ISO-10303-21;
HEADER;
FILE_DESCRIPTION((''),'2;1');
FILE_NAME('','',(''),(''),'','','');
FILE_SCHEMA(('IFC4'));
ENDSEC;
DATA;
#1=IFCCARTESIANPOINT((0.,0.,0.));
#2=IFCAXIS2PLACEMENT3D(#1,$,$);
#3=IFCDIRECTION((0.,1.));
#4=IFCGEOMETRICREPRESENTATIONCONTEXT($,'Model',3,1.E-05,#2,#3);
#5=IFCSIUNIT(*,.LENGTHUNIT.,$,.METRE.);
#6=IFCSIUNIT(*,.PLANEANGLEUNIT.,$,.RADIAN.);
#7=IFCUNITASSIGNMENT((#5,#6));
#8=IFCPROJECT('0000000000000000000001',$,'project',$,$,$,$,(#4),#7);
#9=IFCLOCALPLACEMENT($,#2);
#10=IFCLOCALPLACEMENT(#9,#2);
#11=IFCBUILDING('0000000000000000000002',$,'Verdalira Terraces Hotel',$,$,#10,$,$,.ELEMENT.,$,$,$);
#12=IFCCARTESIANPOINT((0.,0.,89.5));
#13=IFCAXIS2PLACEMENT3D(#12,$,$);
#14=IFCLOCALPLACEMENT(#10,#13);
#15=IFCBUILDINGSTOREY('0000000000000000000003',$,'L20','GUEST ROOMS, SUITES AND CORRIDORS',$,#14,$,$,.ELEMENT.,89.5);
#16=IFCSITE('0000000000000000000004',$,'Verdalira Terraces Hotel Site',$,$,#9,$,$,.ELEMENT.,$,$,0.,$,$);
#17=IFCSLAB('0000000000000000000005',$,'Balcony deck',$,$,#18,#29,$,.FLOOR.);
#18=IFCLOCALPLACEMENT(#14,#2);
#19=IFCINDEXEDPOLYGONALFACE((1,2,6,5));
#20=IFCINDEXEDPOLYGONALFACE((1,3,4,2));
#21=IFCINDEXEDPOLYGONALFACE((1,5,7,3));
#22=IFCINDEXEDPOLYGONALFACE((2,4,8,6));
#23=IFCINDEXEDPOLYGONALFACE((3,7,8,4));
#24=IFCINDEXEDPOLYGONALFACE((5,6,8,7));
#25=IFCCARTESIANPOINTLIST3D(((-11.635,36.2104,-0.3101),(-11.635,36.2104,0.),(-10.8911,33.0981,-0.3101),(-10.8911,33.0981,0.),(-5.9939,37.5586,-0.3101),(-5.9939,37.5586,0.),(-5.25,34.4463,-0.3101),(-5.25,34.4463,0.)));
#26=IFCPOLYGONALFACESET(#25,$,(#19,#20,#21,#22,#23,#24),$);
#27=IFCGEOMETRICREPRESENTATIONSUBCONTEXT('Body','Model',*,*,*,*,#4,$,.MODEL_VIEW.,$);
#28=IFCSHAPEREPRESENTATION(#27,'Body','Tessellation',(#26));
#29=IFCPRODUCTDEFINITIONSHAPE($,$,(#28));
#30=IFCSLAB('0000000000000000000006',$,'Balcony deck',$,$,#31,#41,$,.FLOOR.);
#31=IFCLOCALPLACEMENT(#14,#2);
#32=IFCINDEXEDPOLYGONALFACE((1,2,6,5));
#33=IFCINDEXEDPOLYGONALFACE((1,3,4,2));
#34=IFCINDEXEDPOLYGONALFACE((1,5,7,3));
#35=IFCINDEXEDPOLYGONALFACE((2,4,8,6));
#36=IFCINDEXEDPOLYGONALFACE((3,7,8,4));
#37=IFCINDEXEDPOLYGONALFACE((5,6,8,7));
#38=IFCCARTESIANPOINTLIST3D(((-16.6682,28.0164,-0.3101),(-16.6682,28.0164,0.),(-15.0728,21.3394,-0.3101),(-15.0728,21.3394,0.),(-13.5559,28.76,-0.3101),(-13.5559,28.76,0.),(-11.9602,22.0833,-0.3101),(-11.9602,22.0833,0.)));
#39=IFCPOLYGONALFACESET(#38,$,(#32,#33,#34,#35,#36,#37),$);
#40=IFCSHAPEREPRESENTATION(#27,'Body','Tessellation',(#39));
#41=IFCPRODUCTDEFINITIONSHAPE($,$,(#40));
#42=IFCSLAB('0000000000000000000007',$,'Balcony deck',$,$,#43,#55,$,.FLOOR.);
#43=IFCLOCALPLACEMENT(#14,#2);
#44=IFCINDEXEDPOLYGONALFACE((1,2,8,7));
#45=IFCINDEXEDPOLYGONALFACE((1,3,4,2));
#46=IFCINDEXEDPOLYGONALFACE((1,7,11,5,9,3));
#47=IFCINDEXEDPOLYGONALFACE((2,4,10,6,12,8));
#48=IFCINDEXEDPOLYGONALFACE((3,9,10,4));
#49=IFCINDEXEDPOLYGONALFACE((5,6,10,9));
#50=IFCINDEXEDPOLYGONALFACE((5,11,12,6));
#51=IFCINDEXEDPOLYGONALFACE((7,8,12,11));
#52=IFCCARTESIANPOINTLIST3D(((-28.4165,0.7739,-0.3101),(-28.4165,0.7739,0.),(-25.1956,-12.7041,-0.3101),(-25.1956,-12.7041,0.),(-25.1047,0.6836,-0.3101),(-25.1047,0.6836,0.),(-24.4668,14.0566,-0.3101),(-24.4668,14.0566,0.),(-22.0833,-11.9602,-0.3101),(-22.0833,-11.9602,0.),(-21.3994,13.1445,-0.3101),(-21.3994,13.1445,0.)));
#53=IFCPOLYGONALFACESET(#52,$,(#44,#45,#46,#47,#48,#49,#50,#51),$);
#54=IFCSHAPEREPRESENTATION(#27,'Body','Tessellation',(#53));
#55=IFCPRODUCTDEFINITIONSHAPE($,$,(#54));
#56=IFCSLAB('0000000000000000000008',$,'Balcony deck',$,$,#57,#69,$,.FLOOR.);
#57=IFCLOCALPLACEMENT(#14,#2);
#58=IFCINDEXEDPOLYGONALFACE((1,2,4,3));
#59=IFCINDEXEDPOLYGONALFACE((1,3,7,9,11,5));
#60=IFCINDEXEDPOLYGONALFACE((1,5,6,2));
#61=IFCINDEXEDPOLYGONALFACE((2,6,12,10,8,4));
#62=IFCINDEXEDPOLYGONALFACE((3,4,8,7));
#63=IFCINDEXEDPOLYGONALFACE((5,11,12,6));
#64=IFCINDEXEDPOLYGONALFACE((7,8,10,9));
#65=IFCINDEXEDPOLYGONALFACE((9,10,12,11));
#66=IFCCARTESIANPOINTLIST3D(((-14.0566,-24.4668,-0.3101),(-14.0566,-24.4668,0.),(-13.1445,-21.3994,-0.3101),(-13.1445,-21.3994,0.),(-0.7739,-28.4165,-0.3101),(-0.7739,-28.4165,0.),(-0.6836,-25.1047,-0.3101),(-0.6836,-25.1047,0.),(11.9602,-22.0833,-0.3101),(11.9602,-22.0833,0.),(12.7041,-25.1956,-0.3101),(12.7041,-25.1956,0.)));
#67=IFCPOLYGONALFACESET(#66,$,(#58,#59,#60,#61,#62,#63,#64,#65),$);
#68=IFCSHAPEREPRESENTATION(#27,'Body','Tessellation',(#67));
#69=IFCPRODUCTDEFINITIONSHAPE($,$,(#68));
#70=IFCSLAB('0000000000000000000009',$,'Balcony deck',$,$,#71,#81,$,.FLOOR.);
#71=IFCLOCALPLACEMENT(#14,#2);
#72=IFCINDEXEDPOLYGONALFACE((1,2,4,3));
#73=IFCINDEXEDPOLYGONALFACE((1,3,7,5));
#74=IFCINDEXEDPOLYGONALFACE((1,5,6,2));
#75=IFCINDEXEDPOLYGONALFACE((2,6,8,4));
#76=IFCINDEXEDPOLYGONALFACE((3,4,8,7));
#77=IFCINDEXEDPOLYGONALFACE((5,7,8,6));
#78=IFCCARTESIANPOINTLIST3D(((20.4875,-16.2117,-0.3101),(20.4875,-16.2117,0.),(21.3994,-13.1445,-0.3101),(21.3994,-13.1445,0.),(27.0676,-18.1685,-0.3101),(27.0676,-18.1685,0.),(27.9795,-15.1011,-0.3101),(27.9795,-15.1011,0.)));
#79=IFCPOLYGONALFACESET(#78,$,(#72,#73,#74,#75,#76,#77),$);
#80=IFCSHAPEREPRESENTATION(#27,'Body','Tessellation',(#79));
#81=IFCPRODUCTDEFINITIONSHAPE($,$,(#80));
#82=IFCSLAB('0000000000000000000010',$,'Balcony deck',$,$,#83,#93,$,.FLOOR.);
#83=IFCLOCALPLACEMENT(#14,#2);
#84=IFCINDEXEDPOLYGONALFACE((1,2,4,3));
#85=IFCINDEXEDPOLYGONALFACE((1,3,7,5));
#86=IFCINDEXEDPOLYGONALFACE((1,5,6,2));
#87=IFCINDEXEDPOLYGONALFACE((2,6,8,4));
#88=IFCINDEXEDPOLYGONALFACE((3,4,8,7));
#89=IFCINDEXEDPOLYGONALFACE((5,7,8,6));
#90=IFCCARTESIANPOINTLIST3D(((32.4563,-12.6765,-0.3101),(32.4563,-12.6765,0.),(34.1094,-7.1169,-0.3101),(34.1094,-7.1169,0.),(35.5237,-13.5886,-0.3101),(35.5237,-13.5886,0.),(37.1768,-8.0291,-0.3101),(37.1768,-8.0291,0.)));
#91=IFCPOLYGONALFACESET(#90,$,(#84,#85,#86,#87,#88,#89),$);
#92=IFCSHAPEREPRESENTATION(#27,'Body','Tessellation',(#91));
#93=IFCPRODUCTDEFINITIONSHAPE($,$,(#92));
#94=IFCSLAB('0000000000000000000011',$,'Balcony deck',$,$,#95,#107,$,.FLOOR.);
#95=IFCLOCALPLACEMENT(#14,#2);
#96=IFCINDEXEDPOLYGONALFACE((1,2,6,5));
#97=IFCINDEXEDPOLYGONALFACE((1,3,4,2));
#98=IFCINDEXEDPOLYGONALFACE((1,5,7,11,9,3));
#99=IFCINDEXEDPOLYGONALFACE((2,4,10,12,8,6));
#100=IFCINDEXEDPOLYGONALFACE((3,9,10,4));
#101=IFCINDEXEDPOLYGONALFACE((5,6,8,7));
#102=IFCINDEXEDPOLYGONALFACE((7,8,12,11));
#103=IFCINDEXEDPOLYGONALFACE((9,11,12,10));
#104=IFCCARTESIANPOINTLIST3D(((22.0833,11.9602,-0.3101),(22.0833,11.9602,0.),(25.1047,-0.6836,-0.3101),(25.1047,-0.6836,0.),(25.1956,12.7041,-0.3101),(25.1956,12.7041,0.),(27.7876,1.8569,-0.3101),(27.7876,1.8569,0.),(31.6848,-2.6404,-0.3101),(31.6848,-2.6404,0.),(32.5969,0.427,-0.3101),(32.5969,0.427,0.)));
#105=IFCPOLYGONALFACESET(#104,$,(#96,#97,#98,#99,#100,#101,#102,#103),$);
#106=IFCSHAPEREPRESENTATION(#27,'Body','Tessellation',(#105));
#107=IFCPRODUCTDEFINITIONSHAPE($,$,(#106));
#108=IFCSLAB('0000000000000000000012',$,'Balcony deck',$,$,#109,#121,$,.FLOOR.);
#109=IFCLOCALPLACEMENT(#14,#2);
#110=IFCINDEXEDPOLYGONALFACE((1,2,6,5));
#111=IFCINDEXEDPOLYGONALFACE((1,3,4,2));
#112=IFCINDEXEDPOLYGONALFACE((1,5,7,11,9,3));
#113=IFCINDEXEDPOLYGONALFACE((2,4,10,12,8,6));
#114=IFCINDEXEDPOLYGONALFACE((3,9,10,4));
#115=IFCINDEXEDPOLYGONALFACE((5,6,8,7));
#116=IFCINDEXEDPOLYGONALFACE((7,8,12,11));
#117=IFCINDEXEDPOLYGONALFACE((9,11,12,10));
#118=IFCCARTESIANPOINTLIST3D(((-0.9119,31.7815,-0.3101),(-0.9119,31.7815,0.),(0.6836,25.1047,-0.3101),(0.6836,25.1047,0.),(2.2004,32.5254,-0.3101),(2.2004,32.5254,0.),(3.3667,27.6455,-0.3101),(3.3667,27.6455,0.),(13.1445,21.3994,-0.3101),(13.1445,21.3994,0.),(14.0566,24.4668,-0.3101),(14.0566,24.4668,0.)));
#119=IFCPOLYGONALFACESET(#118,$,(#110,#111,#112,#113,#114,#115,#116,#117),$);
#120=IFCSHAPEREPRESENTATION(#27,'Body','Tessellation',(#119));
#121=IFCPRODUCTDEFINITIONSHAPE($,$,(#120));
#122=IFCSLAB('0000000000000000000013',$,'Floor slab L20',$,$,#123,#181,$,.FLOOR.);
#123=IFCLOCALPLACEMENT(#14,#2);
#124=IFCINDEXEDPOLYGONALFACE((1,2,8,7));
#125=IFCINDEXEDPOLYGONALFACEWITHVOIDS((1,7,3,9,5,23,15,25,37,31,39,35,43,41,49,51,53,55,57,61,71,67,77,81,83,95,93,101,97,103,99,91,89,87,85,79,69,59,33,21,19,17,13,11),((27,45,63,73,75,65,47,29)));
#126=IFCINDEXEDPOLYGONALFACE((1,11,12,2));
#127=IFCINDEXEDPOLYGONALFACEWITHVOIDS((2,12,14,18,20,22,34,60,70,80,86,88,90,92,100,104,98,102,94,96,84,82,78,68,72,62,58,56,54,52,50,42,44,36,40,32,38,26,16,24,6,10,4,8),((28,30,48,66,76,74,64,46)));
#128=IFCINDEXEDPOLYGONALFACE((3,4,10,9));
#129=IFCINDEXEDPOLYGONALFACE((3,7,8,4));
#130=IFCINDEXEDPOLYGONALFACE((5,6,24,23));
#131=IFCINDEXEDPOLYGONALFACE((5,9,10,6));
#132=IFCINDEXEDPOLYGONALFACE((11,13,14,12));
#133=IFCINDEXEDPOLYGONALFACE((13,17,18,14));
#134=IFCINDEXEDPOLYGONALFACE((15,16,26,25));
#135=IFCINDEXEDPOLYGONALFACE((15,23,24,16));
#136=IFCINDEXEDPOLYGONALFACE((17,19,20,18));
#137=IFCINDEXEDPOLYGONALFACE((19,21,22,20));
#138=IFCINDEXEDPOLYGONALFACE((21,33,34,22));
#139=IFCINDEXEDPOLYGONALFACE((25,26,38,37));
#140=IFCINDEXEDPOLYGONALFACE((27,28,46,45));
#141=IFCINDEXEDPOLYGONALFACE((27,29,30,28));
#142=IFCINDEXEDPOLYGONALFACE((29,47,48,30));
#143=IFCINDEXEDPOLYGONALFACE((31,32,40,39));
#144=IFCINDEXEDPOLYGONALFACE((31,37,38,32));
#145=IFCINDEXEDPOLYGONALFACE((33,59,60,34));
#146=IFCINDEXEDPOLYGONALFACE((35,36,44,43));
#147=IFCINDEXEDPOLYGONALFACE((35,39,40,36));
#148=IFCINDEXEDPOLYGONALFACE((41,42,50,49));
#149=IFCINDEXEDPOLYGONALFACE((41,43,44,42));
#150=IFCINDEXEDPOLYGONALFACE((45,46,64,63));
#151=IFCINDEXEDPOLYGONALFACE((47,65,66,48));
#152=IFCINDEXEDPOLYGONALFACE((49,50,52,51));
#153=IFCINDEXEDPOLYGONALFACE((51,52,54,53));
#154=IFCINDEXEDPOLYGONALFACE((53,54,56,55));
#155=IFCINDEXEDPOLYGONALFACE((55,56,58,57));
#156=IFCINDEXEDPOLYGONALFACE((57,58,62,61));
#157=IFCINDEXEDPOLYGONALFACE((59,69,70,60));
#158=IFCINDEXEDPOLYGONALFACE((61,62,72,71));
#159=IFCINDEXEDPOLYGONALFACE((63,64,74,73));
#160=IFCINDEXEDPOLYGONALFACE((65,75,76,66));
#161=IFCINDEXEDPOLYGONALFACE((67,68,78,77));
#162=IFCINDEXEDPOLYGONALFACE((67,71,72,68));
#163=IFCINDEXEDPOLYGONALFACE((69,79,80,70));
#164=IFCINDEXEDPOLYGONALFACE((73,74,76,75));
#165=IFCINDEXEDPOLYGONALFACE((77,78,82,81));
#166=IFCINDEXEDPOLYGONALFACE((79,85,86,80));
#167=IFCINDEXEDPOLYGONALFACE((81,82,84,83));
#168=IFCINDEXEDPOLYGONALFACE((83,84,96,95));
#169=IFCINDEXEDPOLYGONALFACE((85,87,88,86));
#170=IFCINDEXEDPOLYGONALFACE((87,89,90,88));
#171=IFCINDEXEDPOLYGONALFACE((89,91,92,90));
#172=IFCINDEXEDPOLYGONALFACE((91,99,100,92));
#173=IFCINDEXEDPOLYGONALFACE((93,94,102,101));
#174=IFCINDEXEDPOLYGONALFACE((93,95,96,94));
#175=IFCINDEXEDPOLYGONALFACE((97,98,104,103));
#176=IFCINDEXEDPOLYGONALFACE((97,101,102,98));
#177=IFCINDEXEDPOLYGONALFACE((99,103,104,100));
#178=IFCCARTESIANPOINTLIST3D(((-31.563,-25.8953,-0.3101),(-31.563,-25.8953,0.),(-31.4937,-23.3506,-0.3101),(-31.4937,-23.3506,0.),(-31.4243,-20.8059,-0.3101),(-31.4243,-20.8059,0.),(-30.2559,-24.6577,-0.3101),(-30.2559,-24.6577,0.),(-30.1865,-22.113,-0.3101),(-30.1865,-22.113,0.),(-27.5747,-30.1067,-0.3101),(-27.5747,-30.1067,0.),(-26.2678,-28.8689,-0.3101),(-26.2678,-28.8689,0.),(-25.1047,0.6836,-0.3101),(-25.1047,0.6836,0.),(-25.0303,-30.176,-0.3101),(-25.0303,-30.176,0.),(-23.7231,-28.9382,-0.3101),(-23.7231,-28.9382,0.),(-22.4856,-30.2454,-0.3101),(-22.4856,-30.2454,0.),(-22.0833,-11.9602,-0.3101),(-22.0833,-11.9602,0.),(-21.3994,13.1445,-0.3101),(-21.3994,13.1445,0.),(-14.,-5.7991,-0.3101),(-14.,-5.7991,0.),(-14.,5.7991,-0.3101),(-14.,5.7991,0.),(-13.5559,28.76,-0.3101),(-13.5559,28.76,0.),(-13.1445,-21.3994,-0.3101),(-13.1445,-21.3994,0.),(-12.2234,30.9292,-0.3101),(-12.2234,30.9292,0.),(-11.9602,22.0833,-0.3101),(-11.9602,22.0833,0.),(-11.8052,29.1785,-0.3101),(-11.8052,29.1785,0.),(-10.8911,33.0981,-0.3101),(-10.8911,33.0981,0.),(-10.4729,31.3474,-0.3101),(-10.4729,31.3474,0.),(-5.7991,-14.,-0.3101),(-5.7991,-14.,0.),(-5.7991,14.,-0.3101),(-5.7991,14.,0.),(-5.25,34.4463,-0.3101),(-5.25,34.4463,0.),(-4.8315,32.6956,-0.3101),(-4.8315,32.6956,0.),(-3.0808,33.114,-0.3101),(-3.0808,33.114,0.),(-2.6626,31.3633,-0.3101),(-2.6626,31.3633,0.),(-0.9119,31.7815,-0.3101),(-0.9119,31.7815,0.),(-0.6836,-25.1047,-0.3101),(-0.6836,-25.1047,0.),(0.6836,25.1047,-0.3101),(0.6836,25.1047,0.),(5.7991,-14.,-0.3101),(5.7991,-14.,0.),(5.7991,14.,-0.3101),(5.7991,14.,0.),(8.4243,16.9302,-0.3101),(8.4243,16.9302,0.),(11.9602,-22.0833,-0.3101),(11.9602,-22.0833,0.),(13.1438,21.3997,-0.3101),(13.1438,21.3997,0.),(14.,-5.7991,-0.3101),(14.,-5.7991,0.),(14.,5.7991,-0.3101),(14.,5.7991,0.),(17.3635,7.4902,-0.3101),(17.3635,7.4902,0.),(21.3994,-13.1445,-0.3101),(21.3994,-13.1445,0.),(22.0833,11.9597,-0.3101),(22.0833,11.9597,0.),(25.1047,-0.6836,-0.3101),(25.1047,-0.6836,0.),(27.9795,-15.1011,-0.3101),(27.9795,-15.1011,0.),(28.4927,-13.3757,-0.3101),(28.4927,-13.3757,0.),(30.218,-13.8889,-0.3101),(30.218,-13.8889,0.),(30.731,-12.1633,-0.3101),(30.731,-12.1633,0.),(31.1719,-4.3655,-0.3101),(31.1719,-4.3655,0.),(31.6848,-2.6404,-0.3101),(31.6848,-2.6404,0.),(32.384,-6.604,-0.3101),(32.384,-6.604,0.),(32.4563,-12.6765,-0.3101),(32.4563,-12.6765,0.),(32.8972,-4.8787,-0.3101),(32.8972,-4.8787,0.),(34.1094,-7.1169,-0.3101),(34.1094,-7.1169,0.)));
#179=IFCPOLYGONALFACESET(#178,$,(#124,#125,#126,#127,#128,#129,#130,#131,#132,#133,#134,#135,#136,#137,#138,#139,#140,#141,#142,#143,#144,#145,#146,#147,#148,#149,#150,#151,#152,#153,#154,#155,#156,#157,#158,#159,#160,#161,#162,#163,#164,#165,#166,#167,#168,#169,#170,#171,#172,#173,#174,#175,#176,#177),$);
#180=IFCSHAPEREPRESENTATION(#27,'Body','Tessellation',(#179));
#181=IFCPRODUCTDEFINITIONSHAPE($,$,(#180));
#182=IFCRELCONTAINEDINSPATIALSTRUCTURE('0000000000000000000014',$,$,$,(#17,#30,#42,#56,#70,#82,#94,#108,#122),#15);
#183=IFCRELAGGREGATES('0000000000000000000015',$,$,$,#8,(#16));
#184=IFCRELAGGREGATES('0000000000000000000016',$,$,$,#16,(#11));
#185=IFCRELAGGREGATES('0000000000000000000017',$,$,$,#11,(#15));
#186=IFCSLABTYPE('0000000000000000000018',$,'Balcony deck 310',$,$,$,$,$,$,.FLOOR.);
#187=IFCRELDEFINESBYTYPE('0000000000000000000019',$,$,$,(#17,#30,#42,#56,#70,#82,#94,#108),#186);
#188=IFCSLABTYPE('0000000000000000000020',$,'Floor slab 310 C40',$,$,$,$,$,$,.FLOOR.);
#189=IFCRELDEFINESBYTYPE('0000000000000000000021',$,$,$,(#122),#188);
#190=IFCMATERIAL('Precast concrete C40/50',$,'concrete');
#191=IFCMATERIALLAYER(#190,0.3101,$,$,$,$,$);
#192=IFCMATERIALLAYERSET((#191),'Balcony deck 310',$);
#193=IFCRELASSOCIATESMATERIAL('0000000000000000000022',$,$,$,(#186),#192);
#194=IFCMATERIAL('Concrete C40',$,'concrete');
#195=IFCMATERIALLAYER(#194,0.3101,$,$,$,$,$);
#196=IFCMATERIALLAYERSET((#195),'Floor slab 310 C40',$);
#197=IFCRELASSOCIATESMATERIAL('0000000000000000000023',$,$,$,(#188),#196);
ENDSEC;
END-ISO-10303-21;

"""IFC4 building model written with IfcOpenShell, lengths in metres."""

from ifc_helpers import new_model, si_unit, direction, frame, origin, place, context, subcontext, project, spatial, polyline, outline, extrude, material, layer, layer_set, type_object, element, save


model = new_model("IFC4")

# Units and contexts
model_context = context("Model", 3, precision=1e-05, world=origin(), true_north=direction((0.0, 1.0)))
body_context = subcontext(model_context, "Body", "Model", "MODEL_VIEW")
ifc_project = project(units=[si_unit("LENGTHUNIT", "METRE"), si_unit("PLANEANGLEUNIT", "RADIAN")], contexts=[model_context])

# Site, building, storey
site_placement = place(None, origin())
site = spatial("IfcSite", under=ifc_project, at=site_placement, Name="Verdalira Terraces Hotel Site", CompositionType="ELEMENT", RefElevation=0.0)
building_placement = place(site_placement, origin())
building = spatial("IfcBuilding", under=site, at=building_placement, Name="Verdalira Terraces Hotel", CompositionType="ELEMENT")
storey_placement = place(building_placement, frame((0.0, 0.0, 89.5)))
storey = spatial("IfcBuildingStorey", under=building, at=storey_placement, Name="L20", Description="GUEST ROOMS, SUITES AND CORRIDORS", CompositionType="ELEMENT", Elevation=89.5)

# Slabs
ifc_material_1 = material(Name="Precast concrete C40/50", Category="concrete")
ifc_layer_1 = layer(ifc_material_1, 0.3101)
ifc_layer_set_1 = layer_set([ifc_layer_1], Name="Balcony deck 310")
slab_type_1 = type_object("IfcSlabType", Name="Balcony deck 310", PredefinedType="FLOOR", material=ifc_layer_set_1)
slab_1_placement = place(storey_placement, frame((0.0, 0.0, -0.3101)))
element("IfcSlab", 1, at=slab_1_placement, inside=storey, type_object=slab_type_1, Name="Balcony deck", PredefinedType="FLOOR", context=body_context, shape_type="SweptSolid", body=[
    extrude(outline(polyline([(-11.635, 36.2104), (-10.8911, 33.0981), (-5.25, 34.4463), (-5.9939, 37.5586), (-11.635, 36.2104)])), origin(), (0.0, 0.0, 1.0), 0.3101),
])
slab_2_placement = place(storey_placement, frame((0.0, 0.0, -0.3101)))
element("IfcSlab", 2, at=slab_2_placement, inside=storey, type_object=slab_type_1, Name="Balcony deck", PredefinedType="FLOOR", context=body_context, shape_type="SweptSolid", body=[
    extrude(outline(polyline([(-15.0728, 21.3394), (-11.9602, 22.0833), (-13.5559, 28.76), (-16.6682, 28.0164), (-15.0728, 21.3394)])), origin(), (0.0, 0.0, 1.0), 0.3101),
])
slab_3_placement = place(storey_placement, frame((0.0, 0.0, -0.3101)))
element("IfcSlab", 3, at=slab_3_placement, inside=storey, type_object=slab_type_1, Name="Balcony deck", PredefinedType="FLOOR", context=body_context, shape_type="SweptSolid", body=[
    extrude(outline(polyline([(-28.4165, 0.7739), (-25.1956, -12.7041), (-22.0833, -11.9602), (-25.1047, 0.6836), (-21.3994, 13.1445), (-24.4668, 14.0566), (-28.4165, 0.7739)])), origin(), (0.0, 0.0, 1.0), 0.3101),
])
slab_4_placement = place(storey_placement, frame((0.0, 0.0, -0.3101)))
element("IfcSlab", 4, at=slab_4_placement, inside=storey, type_object=slab_type_1, Name="Balcony deck", PredefinedType="FLOOR", context=body_context, shape_type="SweptSolid", body=[
    extrude(outline(polyline([(-0.7739, -28.4165), (12.7041, -25.1956), (11.9602, -22.0833), (-0.6836, -25.1047), (-13.1445, -21.3994), (-14.0566, -24.4668), (-0.7739, -28.4165)])), origin(), (0.0, 0.0, 1.0), 0.3101),
])
slab_5_placement = place(storey_placement, frame((0.0, 0.0, -0.3101)))
element("IfcSlab", 5, at=slab_5_placement, inside=storey, type_object=slab_type_1, Name="Balcony deck", PredefinedType="FLOOR", context=body_context, shape_type="SweptSolid", body=[
    extrude(outline(polyline([(27.0676, -18.1685), (27.9795, -15.1011), (21.3994, -13.1445), (20.4875, -16.2117), (27.0676, -18.1685)])), origin(), (0.0, 0.0, 1.0), 0.3101),
])
slab_6_placement = place(storey_placement, frame((0.0, 0.0, -0.3101)))
element("IfcSlab", 6, at=slab_6_placement, inside=storey, type_object=slab_type_1, Name="Balcony deck", PredefinedType="FLOOR", context=body_context, shape_type="SweptSolid", body=[
    extrude(outline(polyline([(37.1768, -8.0291), (34.1094, -7.1169), (32.4563, -12.6765), (35.5237, -13.5886), (37.1768, -8.0291)])), origin(), (0.0, 0.0, 1.0), 0.3101),
])
slab_7_placement = place(storey_placement, frame((0.0, 0.0, -0.3101)))
element("IfcSlab", 7, at=slab_7_placement, inside=storey, type_object=slab_type_1, Name="Balcony deck", PredefinedType="FLOOR", context=body_context, shape_type="SweptSolid", body=[
    extrude(outline(polyline([(25.1956, 12.7041), (22.0833, 11.9602), (25.1047, -0.6836), (31.6848, -2.6404), (32.5969, 0.427), (27.7876, 1.8569), (25.1956, 12.7041)])), origin(), (0.0, 0.0, 1.0), 0.3101),
])
slab_8_placement = place(storey_placement, frame((0.0, 0.0, -0.3101)))
element("IfcSlab", 8, at=slab_8_placement, inside=storey, type_object=slab_type_1, Name="Balcony deck", PredefinedType="FLOOR", context=body_context, shape_type="SweptSolid", body=[
    extrude(outline(polyline([(2.2004, 32.5254), (-0.9119, 31.7815), (0.6836, 25.1047), (13.1445, 21.3994), (14.0566, 24.4668), (3.3667, 27.6455), (2.2004, 32.5254)])), origin(), (0.0, 0.0, 1.0), 0.3101),
])
ifc_material_2 = material(Name="Concrete C40", Category="concrete")
ifc_layer_2 = layer(ifc_material_2, 0.3101)
ifc_layer_set_2 = layer_set([ifc_layer_2], Name="Floor slab 310 C40")
slab_type_2 = type_object("IfcSlabType", Name="Floor slab 310 C40", PredefinedType="FLOOR", material=ifc_layer_set_2)
slab_9_placement = place(storey_placement, frame((0.0, 0.0, -0.3101)))
element("IfcSlab", 9, at=slab_9_placement, inside=storey, type_object=slab_type_2, Name="Floor slab L20", PredefinedType="FLOOR", context=body_context, shape_type="SweptSolid", body=[
    extrude(outline(polyline([(31.6848, -2.6404), (25.1047, -0.6836), (22.0833, 11.9597), (17.3635, 7.4902), (8.4243, 16.9302), (13.1438, 21.3997), (0.6836, 25.1047), (-0.9119, 31.7815), (-2.6626, 31.3633), (-3.0808, 33.114), (-4.8315, 32.6956), (-5.25, 34.4463), (-10.8911, 33.0981), (-10.4729, 31.3474), (-12.2234, 30.9292), (-11.8052, 29.1785), (-13.5559, 28.76), (-11.9602, 22.0833), (-21.3994, 13.1445), (-25.1047, 0.6836), (-22.0833, -11.9602), (-31.4243, -20.8059), (-30.1865, -22.113), (-31.4937, -23.3506), (-30.2559, -24.6577), (-31.563, -25.8953), (-27.5747, -30.1067), (-26.2678, -28.8689), (-25.0303, -30.176), (-23.7231, -28.9382), (-22.4856, -30.2454), (-13.1445, -21.3994), (-0.6836, -25.1047), (11.9602, -22.0833), (21.3994, -13.1445), (27.9795, -15.1011), (28.4927, -13.3757), (30.218, -13.8889), (30.731, -12.1633), (32.4563, -12.6765), (34.1094, -7.1169), (32.384, -6.604), (32.8972, -4.8787), (31.1719, -4.3655), (31.6848, -2.6404)]), holes=[polyline([(5.7991, 14.0), (14.0, 5.7991), (14.0, -5.7991), (5.7991, -14.0), (-5.7991, -14.0), (-14.0, -5.7991), (-14.0, 5.7991), (-5.7991, 14.0), (5.7991, 14.0)])]), origin(), (0.0, 0.0, 1.0), 0.3101),
])

save(model, "model.ifc")
